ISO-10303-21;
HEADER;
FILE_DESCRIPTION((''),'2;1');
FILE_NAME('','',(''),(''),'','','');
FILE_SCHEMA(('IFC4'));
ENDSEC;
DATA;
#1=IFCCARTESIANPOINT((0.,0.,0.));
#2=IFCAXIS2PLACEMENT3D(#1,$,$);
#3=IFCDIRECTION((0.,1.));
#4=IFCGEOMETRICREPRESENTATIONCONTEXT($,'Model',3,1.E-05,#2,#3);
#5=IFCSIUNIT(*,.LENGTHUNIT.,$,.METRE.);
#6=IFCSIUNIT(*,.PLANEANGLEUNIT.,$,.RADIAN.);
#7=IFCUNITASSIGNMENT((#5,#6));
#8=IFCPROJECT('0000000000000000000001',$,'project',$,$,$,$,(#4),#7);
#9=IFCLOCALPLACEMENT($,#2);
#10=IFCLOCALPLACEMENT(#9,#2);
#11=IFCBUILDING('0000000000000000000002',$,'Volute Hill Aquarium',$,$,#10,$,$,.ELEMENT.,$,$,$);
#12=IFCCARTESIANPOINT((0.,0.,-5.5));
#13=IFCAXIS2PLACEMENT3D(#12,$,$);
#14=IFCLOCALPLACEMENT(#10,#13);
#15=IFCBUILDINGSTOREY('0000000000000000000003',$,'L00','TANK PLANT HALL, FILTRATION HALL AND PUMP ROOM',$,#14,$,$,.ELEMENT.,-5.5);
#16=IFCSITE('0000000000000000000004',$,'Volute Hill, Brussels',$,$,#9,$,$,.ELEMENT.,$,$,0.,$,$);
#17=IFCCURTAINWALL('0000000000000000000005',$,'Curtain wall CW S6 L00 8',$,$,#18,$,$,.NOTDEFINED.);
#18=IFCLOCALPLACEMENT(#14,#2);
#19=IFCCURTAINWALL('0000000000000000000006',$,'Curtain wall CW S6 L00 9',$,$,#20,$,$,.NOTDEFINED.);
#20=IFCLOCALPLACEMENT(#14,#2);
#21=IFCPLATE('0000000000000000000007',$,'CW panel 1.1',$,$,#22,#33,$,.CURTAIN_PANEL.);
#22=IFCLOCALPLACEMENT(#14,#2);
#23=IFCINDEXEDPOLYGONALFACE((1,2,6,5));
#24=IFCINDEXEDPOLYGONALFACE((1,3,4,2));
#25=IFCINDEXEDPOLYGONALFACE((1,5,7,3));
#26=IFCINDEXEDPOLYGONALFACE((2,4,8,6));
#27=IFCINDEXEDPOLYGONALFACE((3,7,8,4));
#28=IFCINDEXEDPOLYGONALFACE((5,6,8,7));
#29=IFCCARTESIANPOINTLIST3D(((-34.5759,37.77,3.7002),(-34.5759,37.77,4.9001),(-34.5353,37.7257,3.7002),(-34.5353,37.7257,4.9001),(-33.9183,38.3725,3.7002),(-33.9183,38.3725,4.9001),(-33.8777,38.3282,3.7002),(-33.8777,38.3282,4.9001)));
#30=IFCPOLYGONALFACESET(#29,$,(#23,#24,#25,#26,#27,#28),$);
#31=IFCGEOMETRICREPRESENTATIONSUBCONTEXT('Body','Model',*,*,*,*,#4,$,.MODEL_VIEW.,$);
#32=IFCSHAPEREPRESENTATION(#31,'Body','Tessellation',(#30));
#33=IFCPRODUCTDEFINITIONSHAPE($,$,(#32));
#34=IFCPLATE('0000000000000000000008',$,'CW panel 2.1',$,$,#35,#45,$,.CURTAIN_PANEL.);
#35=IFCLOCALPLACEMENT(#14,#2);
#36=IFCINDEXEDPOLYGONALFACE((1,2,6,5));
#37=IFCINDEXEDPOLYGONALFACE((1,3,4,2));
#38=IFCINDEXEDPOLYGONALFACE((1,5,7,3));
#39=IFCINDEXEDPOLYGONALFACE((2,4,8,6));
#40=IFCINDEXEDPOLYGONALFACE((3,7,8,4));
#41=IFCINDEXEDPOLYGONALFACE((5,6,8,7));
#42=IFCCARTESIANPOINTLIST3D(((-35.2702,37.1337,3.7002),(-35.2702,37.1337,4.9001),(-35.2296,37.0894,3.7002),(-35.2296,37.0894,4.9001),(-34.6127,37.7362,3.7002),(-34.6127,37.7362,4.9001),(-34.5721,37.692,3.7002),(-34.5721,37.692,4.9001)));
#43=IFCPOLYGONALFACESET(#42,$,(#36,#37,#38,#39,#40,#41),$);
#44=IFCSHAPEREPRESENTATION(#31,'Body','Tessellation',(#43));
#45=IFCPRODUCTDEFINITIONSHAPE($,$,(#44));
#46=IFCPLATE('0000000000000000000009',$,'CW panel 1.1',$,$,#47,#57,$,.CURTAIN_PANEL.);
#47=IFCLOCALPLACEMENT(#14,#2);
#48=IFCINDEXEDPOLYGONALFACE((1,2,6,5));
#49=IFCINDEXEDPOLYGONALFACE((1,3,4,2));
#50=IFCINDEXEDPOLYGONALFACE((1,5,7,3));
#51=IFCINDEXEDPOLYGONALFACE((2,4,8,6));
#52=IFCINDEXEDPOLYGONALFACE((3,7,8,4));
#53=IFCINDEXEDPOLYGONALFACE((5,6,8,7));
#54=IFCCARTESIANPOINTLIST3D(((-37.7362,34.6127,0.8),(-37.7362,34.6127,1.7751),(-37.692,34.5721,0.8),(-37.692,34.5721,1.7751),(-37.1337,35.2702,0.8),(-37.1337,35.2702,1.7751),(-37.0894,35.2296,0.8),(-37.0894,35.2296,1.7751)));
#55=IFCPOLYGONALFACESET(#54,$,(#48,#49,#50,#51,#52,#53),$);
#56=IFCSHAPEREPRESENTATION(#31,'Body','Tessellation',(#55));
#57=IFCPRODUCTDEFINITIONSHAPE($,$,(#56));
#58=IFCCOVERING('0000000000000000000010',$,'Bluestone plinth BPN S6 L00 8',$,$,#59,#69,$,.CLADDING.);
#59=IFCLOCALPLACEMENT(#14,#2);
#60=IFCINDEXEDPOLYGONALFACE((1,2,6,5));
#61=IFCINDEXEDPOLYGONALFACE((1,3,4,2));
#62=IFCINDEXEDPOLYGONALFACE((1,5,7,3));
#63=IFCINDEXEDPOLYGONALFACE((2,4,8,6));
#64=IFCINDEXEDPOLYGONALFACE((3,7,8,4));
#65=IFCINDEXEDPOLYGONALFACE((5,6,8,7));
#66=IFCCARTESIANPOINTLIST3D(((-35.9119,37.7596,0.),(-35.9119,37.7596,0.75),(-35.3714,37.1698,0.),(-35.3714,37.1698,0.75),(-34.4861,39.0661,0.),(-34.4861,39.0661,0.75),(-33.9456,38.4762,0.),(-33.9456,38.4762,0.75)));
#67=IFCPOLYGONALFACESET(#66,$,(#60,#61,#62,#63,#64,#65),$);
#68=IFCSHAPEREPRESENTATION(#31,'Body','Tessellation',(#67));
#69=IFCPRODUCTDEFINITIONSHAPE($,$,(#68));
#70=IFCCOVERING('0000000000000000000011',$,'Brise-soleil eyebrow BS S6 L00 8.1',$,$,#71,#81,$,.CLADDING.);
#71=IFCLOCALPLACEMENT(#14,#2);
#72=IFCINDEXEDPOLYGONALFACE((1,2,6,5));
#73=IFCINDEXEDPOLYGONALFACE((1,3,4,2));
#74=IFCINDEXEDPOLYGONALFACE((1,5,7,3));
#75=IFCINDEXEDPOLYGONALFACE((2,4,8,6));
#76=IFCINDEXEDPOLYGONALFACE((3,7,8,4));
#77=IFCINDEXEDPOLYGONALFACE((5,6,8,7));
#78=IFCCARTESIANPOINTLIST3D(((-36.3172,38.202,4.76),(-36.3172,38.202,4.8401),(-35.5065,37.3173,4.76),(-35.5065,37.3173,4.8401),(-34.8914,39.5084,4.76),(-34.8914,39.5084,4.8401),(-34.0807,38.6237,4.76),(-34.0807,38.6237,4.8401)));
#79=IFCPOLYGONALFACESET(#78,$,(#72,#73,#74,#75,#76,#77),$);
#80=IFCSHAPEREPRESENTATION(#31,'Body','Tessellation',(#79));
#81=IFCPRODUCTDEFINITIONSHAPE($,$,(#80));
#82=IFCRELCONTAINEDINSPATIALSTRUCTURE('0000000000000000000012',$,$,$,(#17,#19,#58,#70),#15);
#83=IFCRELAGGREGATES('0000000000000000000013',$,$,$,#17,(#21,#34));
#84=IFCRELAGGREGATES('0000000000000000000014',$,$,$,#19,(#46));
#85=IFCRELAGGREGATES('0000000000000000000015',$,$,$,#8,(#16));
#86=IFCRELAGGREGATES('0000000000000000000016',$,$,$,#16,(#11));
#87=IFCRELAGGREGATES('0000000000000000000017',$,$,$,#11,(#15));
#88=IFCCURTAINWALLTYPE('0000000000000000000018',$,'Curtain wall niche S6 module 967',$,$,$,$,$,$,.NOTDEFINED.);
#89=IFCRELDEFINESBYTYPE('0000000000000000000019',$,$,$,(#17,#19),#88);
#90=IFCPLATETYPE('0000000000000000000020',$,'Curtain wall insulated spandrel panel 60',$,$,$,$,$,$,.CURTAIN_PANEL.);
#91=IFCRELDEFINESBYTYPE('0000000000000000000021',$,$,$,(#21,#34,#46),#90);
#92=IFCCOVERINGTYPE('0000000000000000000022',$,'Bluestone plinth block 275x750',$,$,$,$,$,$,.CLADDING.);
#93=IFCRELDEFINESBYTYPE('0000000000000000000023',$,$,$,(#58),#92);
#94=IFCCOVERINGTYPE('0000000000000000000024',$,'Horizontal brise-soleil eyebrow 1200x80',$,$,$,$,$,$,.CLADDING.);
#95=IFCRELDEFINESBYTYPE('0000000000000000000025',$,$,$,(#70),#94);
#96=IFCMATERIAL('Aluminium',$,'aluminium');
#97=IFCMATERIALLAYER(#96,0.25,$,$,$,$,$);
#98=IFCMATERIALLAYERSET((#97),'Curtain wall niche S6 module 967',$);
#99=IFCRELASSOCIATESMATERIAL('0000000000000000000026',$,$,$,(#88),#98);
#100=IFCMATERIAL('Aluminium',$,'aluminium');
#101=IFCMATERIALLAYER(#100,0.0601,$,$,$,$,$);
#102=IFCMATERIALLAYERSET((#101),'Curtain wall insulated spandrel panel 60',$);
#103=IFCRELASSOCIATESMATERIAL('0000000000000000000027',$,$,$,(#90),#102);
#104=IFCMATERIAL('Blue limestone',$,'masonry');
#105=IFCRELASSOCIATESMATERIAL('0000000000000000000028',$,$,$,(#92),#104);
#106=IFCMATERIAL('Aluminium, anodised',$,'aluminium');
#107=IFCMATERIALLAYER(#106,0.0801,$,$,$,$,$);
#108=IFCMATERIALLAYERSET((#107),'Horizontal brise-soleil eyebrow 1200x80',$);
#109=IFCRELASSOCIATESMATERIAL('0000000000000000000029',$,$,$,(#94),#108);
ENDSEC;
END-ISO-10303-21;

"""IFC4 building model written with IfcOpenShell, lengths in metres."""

from ifc_helpers import new_model, si_unit, direction, frame, origin, origin_2d, place, context, subcontext, project, spatial, rectangle, extrude, material, layer, layer_set, type_object, element, aggregate, save


model = new_model("IFC4")

# Units and contexts
model_context = context("Model", 3, precision=1e-05, world=origin(), true_north=direction((0.0, 1.0)))
body_context = subcontext(model_context, "Body", "Model", "MODEL_VIEW")
ifc_project = project(units=[si_unit("LENGTHUNIT", "METRE"), si_unit("PLANEANGLEUNIT", "RADIAN")], contexts=[model_context])

# Site, building, storey
site_placement = place(None, origin())
site = spatial("IfcSite", under=ifc_project, at=site_placement, Name="Volute Hill, Brussels", CompositionType="ELEMENT", RefElevation=0.0)
building_placement = place(site_placement, origin())
building = spatial("IfcBuilding", under=site, at=building_placement, Name="Volute Hill Aquarium", CompositionType="ELEMENT")
storey_placement = place(building_placement, frame((0.0, 0.0, -5.5)))
storey = spatial("IfcBuildingStorey", under=building, at=storey_placement, Name="L00", Description="TANK PLANT HALL, FILTRATION HALL AND PUMP ROOM", CompositionType="ELEMENT", Elevation=-5.5)

# Curtain walls
ifc_material_1 = material(Name="Aluminium", Category="aluminium")
ifc_layer_1 = layer(ifc_material_1, 0.25)
ifc_layer_set_1 = layer_set([ifc_layer_1], Name="Curtain wall niche S6 module 967")
curtain_wall_type = type_object("IfcCurtainWallType", Name="Curtain wall niche S6 module 967", PredefinedType="NOTDEFINED", material=ifc_layer_set_1)
curtain_wall_1_placement = place(storey_placement, origin())
curtain_wall_1 = element("IfcCurtainWall", 1, at=curtain_wall_1_placement, inside=storey, type_object=curtain_wall_type, Name="Curtain wall CW S6 L00 8", PredefinedType="NOTDEFINED")
curtain_wall_2_placement = place(storey_placement, origin())
curtain_wall_2 = element("IfcCurtainWall", 2, at=curtain_wall_2_placement, inside=storey, type_object=curtain_wall_type, Name="Curtain wall CW S6 L00 9", PredefinedType="NOTDEFINED")

# Plates
ifc_material_2 = material(Name="Aluminium", Category="aluminium")
ifc_layer_2 = layer(ifc_material_2, 0.0601)
ifc_layer_set_2 = layer_set([ifc_layer_2], Name="Curtain wall insulated spandrel panel 60")
plate_type_1 = type_object("IfcPlateType", Name="Curtain wall insulated spandrel panel 60", PredefinedType="CURTAIN_PANEL", material=ifc_layer_set_2)
plate_1_placement = place(storey_placement, frame((-34.2268, 38.0491, 3.7002), z_axis=(0.0, 0.0, 1.0), x_axis=(-0.737285, -0.675582, 0.0)))
plate_1 = element("IfcPlate", 3, at=plate_1_placement, type_object=plate_type_1, Name="CW panel 1.1", PredefinedType="CURTAIN_PANEL", context=body_context, shape_type="SweptSolid", body=[
    extrude(rectangle(XDim=0.8918, YDim=0.0601, at=origin_2d()), origin(), (0.0, 0.0, 1.0), 1.2),
])
plate_2_placement = place(storey_placement, frame((-34.9211, 37.4128, 3.7002), z_axis=(0.0, 0.0, 1.0), x_axis=(-0.737285, -0.675582, 0.0)))
plate_2 = element("IfcPlate", 4, at=plate_2_placement, type_object=plate_type_1, Name="CW panel 2.1", PredefinedType="CURTAIN_PANEL", context=body_context, shape_type="SweptSolid", body=[
    extrude(rectangle(XDim=0.8918, YDim=0.0601, at=origin_2d()), origin(), (0.0, 0.0, 1.0), 1.2),
])
aggregate(curtain_wall_1, [plate_1, plate_2])
plate_3_placement = place(storey_placement, frame((-37.4128, 34.9211, 0.8), z_axis=(0.0, 0.0, 1.0), x_axis=(-0.675582, -0.737285, 0.0)))
plate_3 = element("IfcPlate", 5, at=plate_3_placement, type_object=plate_type_1, Name="CW panel 1.1", PredefinedType="CURTAIN_PANEL", context=body_context, shape_type="SweptSolid", body=[
    extrude(rectangle(XDim=0.8918, YDim=0.0601, at=origin_2d()), origin(), (0.0, 0.0, 1.0), 0.9751),
])
aggregate(curtain_wall_2, [plate_3])

# Covering
ifc_material_3 = material(Name="Blue limestone", Category="masonry")
covering_type_1 = type_object("IfcCoveringType", Name="Bluestone plinth block 275x750", PredefinedType="CLADDING", material=ifc_material_3)
covering_1_placement = place(storey_placement, frame((-34.9287, 38.1179, 0.0), z_axis=(0.0, 0.0, 1.0), x_axis=(-0.737286, -0.675581, 0.0)))
element("IfcCovering", 6, at=covering_1_placement, inside=storey, type_object=covering_type_1, Name="Bluestone plinth BPN S6 L00 8", PredefinedType="CLADDING", context=body_context, shape_type="SweptSolid", body=[
    extrude(rectangle(XDim=1.9338, YDim=0.8, at=origin_2d()), origin(), (0.0, 0.0, 1.0), 0.75),
])

# Covering
ifc_material_4 = material(Name="Aluminium, anodised", Category="aluminium")
ifc_layer_3 = layer(ifc_material_4, 0.0801)
ifc_layer_set_3 = layer_set([ifc_layer_3], Name="Horizontal brise-soleil eyebrow 1200x80")
covering_type_2 = type_object("IfcCoveringType", Name="Horizontal brise-soleil eyebrow 1200x80", PredefinedType="CLADDING", material=ifc_layer_set_3)
covering_2_placement = place(storey_placement, frame((-35.199, 38.4128, 4.76), z_axis=(0.0, 0.0, 1.0), x_axis=(-0.737286, -0.675581, 0.0)))
element("IfcCovering", 7, at=covering_2_placement, inside=storey, type_object=covering_type_2, Name="Brise-soleil eyebrow BS S6 L00 8.1", PredefinedType="CLADDING", context=body_context, shape_type="SweptSolid", body=[
    extrude(rectangle(XDim=1.9338, YDim=1.2, at=origin_2d()), origin(), (0.0, 0.0, 1.0), 0.0801),
])

save(model, "model.ifc")
